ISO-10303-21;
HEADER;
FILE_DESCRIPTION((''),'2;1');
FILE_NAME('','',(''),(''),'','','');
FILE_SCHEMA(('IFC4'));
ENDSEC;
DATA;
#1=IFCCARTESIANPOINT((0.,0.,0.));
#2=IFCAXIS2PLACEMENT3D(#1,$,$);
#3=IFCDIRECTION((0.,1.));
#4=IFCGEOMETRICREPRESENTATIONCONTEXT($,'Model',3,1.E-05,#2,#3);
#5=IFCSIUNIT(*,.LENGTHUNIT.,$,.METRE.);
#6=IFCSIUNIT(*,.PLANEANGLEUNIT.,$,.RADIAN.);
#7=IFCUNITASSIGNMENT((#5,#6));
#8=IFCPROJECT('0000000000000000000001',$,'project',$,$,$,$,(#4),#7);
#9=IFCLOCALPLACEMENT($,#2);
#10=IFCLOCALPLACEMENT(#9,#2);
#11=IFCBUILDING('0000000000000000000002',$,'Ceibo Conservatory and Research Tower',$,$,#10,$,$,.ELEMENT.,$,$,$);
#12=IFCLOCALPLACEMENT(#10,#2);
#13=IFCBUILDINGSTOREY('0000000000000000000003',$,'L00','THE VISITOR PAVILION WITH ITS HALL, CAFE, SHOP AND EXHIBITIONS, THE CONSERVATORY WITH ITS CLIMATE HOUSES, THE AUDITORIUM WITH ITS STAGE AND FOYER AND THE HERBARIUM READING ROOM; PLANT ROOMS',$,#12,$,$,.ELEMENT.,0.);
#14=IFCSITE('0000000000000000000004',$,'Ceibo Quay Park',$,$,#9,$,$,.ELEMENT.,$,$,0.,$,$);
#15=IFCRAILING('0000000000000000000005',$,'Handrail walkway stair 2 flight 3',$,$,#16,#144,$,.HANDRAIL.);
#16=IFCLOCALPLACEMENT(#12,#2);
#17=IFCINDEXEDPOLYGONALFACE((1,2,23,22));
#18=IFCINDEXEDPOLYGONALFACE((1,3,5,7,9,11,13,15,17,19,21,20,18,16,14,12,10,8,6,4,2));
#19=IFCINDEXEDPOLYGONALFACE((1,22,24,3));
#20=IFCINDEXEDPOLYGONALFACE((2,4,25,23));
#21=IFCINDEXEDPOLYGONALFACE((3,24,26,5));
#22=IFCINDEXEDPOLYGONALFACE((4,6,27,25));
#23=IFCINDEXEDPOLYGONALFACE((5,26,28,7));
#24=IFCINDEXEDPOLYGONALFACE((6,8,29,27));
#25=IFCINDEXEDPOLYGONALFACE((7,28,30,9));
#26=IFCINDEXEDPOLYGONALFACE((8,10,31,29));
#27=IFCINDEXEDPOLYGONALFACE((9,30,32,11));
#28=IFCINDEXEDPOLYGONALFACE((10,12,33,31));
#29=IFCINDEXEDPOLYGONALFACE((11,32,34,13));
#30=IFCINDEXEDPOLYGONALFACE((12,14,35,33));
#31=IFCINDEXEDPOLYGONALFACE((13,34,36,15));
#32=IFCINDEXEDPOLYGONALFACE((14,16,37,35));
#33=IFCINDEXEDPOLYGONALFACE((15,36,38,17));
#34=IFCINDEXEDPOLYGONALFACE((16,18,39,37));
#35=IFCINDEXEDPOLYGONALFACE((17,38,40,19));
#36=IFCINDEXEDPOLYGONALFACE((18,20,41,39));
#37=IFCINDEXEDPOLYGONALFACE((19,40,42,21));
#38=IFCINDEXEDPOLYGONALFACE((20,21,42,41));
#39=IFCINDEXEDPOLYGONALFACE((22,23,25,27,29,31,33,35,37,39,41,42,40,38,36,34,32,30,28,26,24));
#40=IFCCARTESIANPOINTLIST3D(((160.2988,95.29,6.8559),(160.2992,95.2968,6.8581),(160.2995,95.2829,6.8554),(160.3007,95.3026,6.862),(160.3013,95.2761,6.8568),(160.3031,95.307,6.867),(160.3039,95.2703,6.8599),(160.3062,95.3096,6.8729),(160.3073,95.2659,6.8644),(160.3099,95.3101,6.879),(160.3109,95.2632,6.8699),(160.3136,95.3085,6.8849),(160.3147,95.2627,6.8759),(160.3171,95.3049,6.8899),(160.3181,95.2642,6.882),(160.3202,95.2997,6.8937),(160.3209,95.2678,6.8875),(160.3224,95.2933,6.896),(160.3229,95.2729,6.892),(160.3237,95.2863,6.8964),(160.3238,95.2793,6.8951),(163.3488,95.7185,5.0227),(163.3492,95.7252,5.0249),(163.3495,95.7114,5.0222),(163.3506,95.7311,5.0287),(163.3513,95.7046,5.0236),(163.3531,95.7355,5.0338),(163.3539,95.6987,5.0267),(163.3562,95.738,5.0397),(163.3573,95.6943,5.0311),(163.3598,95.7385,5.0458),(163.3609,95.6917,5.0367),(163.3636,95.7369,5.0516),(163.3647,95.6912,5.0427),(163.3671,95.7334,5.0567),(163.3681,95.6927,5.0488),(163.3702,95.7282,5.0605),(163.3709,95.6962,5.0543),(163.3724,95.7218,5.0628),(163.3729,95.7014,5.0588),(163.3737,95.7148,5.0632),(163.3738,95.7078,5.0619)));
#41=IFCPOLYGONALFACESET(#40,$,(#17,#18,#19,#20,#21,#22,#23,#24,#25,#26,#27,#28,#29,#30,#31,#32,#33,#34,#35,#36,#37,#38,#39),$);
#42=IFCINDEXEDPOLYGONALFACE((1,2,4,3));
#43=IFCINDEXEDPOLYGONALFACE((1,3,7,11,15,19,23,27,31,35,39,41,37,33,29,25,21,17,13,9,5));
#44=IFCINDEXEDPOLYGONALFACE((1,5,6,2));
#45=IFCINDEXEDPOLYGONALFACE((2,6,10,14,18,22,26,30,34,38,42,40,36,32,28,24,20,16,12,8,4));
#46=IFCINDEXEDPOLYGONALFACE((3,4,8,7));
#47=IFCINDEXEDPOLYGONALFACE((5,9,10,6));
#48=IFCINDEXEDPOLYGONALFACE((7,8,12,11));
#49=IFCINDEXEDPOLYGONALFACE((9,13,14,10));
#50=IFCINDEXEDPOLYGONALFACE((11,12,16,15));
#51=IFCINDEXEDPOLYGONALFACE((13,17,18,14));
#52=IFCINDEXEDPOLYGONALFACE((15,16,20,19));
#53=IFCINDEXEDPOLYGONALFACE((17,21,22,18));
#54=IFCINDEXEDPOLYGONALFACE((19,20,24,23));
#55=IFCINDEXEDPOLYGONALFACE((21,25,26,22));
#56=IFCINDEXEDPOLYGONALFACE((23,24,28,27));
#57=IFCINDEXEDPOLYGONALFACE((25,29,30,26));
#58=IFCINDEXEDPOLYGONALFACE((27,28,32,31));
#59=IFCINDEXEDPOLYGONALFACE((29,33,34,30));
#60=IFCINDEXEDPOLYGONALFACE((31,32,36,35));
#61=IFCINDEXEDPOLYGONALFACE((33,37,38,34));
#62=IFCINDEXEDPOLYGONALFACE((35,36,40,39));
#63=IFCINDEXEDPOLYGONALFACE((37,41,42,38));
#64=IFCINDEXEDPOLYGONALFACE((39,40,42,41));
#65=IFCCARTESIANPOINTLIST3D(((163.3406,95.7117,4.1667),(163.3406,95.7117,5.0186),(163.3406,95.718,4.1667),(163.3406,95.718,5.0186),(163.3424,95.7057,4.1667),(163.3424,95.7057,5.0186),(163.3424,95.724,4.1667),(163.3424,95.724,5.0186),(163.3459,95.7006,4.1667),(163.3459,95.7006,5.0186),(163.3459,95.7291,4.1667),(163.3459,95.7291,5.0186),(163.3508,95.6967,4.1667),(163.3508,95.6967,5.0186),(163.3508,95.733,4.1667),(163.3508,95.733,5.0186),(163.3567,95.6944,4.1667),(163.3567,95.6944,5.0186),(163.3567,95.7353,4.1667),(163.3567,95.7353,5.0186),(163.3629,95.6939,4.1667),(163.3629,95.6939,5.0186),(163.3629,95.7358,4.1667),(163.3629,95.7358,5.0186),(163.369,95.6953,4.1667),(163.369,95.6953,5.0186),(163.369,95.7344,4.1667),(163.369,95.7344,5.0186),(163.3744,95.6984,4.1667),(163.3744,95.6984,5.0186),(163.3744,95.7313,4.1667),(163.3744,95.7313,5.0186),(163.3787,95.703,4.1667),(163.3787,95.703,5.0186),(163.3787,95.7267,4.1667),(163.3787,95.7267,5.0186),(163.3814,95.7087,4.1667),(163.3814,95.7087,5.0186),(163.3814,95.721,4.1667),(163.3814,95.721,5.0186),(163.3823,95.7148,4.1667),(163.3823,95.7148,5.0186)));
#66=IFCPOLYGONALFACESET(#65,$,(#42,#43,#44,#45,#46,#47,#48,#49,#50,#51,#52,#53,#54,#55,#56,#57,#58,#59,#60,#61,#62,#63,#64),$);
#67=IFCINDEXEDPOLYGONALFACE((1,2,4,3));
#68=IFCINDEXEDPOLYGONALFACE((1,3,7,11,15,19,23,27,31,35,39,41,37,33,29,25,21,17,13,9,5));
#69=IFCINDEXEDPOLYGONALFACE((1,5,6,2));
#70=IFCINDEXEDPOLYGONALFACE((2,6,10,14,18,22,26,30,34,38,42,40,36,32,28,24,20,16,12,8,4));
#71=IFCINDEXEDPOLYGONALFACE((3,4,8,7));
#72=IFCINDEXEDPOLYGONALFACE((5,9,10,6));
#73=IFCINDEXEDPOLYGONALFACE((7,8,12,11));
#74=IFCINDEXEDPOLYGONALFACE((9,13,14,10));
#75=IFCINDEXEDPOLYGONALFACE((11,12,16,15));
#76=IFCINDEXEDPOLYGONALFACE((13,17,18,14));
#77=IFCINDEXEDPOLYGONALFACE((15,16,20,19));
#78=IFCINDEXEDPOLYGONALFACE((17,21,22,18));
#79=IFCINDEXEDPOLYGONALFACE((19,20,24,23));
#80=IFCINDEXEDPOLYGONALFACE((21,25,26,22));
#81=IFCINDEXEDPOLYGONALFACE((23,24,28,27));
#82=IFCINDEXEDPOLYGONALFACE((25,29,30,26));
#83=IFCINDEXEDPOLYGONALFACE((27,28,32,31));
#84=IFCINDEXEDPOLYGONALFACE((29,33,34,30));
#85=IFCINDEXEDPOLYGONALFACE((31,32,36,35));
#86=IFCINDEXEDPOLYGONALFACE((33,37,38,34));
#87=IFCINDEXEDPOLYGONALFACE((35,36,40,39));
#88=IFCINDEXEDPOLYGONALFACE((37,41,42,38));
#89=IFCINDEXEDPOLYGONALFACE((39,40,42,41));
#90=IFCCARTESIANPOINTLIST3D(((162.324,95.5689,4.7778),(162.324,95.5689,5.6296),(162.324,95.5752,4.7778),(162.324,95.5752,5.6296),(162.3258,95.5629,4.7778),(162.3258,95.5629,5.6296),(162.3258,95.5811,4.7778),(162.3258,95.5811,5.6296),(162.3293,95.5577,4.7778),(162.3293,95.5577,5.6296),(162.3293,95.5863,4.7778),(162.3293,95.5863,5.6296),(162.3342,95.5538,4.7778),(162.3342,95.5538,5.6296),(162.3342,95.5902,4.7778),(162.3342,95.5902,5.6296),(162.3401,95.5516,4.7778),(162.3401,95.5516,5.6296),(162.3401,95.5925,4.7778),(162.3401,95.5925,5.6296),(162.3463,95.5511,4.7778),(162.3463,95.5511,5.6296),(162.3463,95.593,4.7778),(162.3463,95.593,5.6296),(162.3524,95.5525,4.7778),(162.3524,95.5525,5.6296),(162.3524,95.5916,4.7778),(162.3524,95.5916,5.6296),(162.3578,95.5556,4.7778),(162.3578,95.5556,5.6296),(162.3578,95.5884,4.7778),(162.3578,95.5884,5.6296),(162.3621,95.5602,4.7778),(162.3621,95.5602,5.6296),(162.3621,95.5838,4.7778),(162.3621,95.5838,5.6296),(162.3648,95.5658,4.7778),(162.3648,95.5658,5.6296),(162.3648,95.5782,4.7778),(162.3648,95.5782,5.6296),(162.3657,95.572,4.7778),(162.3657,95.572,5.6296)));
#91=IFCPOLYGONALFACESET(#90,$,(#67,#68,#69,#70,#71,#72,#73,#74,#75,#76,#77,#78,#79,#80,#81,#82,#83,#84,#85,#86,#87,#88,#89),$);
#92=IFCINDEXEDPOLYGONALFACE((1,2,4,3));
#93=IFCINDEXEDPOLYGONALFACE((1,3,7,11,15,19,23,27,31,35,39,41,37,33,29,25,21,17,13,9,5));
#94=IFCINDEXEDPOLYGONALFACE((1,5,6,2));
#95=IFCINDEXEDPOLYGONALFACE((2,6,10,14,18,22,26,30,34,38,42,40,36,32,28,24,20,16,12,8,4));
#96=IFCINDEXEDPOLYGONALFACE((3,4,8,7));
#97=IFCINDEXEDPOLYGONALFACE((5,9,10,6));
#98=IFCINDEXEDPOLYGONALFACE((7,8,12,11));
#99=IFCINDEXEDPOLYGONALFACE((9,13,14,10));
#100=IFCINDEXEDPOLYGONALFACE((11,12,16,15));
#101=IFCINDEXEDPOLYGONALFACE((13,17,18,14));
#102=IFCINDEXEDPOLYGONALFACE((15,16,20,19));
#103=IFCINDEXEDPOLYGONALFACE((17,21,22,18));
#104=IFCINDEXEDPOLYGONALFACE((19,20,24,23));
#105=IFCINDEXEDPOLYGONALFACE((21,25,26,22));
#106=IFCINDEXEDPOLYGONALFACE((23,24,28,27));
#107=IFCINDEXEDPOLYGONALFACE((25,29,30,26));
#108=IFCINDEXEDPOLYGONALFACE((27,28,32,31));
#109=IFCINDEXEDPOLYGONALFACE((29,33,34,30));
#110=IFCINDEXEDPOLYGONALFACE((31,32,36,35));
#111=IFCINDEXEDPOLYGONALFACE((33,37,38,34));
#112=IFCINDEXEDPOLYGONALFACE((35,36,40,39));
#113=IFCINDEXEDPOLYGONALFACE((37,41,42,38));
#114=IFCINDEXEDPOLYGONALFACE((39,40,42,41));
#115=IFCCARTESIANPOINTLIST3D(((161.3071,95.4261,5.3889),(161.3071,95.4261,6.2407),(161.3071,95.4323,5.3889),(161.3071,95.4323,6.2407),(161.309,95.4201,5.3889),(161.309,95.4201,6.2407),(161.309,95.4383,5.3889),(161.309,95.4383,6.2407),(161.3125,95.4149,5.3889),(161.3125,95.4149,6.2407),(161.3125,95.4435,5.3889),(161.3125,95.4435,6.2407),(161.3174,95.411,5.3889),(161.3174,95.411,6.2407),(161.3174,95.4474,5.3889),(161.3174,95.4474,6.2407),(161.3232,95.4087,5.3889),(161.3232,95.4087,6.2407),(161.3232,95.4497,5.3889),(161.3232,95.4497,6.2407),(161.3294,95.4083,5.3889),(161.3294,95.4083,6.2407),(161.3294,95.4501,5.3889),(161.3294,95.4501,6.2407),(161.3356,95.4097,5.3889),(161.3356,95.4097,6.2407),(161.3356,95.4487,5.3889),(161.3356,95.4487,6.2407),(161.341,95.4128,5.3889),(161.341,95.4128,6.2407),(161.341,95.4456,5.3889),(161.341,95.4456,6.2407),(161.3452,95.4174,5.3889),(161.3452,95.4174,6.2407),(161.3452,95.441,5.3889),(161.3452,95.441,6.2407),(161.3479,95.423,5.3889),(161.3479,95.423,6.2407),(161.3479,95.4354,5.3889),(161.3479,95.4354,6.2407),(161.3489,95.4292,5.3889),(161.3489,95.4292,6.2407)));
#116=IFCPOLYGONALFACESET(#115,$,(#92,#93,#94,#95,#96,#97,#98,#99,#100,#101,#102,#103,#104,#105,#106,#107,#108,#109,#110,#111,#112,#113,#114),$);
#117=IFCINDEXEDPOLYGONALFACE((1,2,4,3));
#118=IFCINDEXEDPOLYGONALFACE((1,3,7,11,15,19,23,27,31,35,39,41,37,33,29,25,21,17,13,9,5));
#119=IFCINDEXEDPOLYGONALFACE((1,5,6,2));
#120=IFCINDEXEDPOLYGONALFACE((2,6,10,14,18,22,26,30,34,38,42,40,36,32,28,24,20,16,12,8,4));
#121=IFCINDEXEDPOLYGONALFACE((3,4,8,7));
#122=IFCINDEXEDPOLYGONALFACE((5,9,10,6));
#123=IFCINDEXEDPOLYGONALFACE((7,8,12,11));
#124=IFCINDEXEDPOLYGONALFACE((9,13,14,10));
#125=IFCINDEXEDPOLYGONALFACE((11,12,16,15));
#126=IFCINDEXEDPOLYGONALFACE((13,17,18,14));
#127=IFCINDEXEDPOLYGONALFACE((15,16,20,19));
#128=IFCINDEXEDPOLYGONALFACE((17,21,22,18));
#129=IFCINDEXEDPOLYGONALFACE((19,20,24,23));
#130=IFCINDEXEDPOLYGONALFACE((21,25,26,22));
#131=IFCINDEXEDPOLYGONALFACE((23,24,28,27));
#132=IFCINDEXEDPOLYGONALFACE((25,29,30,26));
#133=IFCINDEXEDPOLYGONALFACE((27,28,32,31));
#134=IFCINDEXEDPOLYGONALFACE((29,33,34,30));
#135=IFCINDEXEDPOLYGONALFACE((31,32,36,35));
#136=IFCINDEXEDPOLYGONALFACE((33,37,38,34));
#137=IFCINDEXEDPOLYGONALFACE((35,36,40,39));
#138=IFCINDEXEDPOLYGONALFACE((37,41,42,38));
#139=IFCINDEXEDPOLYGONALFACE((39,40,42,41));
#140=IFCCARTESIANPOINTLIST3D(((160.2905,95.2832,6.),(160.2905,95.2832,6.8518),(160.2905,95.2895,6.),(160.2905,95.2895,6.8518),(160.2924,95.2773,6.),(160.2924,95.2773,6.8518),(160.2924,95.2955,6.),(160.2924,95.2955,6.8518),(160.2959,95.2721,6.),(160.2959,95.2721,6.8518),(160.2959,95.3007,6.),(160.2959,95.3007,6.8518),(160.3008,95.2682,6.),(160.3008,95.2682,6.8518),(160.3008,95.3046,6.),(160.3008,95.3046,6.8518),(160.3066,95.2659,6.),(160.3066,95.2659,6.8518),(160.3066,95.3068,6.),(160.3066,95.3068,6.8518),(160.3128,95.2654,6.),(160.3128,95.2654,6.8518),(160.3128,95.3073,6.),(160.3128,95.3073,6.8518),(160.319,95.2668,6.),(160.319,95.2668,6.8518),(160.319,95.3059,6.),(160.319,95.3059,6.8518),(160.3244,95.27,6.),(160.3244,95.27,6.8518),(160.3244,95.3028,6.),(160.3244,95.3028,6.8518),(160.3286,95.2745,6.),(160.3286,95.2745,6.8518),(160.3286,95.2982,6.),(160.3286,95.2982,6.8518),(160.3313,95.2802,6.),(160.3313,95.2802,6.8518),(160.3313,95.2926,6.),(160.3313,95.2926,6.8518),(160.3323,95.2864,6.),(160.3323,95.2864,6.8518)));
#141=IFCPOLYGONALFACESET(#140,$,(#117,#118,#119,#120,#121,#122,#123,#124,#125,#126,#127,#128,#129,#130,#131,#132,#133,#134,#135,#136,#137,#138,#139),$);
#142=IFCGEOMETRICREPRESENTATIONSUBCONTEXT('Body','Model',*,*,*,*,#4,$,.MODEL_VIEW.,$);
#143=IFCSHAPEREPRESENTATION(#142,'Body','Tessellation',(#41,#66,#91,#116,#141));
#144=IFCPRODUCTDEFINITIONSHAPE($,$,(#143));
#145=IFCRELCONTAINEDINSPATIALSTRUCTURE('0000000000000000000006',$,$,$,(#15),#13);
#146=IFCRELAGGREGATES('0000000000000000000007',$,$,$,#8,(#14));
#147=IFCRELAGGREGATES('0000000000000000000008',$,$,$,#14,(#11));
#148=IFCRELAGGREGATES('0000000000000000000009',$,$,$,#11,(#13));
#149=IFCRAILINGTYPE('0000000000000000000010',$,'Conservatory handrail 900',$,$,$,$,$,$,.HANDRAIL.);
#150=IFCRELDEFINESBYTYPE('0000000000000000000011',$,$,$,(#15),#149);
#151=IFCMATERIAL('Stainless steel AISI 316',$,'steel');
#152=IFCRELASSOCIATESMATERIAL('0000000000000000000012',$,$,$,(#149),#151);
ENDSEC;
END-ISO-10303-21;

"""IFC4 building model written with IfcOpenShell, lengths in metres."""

from ifc_helpers import new_model, si_unit, direction, frame, origin, origin_2d, place, context, subcontext, project, spatial, circle, extrude, material, type_object, element, save


model = new_model("IFC4")

# Units and contexts
model_context = context("Model", 3, precision=1e-05, world=origin(), true_north=direction((0.0, 1.0)))
body_context = subcontext(model_context, "Body", "Model", "MODEL_VIEW")
ifc_project = project(units=[si_unit("LENGTHUNIT", "METRE"), si_unit("PLANEANGLEUNIT", "RADIAN")], contexts=[model_context])

# Site, building, storey
site_placement = place(None, origin())
site = spatial("IfcSite", under=ifc_project, at=site_placement, Name="Ceibo Quay Park", CompositionType="ELEMENT", RefElevation=0.0)
building_placement = place(site_placement, origin())
building = spatial("IfcBuilding", under=site, at=building_placement, Name="Ceibo Conservatory and Research Tower", CompositionType="ELEMENT")
storey_placement = place(building_placement, origin())
storey = spatial("IfcBuildingStorey", under=building, at=storey_placement, Name="L00", Description="THE VISITOR PAVILION WITH ITS HALL, CAFE, SHOP AND EXHIBITIONS, THE CONSERVATORY WITH ITS CLIMATE HOUSES, THE AUDITORIUM WITH ITS STAGE AND FOYER AND THE HERBARIUM READING ROOM; PLANT ROOMS", CompositionType="ELEMENT", Elevation=0.0)

# Railing
ifc_material_1 = material(Name="Stainless steel AISI 316", Category="steel")
railing_type_1 = type_object("IfcRailingType", Name="Conservatory handrail 900", PredefinedType="HANDRAIL", material=ifc_material_1)
railing_1_placement = place(storey_placement, frame((163.3613, 95.7148, 4.1667)))
element("IfcRailing", 1, at=railing_1_placement, inside=storey, type_object=railing_type_1, Name="Handrail walkway stair 2 flight 3", PredefinedType="HANDRAIL", context=body_context, shape_type="SweptSolid", body=[
    extrude(circle(Radius=0.0239, at=origin_2d()), frame((0.0, 0.0, 0.876), z_axis=(-0.850947, -0.11954, 0.511467), x_axis=(0.139113, -0.990277, 0.0)), (0.0, 0.0, 1.0), 3.5842),
    extrude(circle(Radius=0.021, at=origin_2d()), origin(), (0.0, 0.0, 1.0), 0.8518),
    extrude(circle(Radius=0.021, at=origin_2d()), frame((-1.0166, -0.1428, 0.6111)), (0.0, 0.0, 1.0), 0.8518),
    extrude(circle(Radius=0.021, at=origin_2d()), frame((-2.0334, -0.2856, 1.2222)), (0.0, 0.0, 1.0), 0.8518),
    extrude(circle(Radius=0.021, at=origin_2d()), frame((-3.05, -0.4285, 1.8333)), (0.0, 0.0, 1.0), 0.8518),
])

save(model, "model.ifc")
